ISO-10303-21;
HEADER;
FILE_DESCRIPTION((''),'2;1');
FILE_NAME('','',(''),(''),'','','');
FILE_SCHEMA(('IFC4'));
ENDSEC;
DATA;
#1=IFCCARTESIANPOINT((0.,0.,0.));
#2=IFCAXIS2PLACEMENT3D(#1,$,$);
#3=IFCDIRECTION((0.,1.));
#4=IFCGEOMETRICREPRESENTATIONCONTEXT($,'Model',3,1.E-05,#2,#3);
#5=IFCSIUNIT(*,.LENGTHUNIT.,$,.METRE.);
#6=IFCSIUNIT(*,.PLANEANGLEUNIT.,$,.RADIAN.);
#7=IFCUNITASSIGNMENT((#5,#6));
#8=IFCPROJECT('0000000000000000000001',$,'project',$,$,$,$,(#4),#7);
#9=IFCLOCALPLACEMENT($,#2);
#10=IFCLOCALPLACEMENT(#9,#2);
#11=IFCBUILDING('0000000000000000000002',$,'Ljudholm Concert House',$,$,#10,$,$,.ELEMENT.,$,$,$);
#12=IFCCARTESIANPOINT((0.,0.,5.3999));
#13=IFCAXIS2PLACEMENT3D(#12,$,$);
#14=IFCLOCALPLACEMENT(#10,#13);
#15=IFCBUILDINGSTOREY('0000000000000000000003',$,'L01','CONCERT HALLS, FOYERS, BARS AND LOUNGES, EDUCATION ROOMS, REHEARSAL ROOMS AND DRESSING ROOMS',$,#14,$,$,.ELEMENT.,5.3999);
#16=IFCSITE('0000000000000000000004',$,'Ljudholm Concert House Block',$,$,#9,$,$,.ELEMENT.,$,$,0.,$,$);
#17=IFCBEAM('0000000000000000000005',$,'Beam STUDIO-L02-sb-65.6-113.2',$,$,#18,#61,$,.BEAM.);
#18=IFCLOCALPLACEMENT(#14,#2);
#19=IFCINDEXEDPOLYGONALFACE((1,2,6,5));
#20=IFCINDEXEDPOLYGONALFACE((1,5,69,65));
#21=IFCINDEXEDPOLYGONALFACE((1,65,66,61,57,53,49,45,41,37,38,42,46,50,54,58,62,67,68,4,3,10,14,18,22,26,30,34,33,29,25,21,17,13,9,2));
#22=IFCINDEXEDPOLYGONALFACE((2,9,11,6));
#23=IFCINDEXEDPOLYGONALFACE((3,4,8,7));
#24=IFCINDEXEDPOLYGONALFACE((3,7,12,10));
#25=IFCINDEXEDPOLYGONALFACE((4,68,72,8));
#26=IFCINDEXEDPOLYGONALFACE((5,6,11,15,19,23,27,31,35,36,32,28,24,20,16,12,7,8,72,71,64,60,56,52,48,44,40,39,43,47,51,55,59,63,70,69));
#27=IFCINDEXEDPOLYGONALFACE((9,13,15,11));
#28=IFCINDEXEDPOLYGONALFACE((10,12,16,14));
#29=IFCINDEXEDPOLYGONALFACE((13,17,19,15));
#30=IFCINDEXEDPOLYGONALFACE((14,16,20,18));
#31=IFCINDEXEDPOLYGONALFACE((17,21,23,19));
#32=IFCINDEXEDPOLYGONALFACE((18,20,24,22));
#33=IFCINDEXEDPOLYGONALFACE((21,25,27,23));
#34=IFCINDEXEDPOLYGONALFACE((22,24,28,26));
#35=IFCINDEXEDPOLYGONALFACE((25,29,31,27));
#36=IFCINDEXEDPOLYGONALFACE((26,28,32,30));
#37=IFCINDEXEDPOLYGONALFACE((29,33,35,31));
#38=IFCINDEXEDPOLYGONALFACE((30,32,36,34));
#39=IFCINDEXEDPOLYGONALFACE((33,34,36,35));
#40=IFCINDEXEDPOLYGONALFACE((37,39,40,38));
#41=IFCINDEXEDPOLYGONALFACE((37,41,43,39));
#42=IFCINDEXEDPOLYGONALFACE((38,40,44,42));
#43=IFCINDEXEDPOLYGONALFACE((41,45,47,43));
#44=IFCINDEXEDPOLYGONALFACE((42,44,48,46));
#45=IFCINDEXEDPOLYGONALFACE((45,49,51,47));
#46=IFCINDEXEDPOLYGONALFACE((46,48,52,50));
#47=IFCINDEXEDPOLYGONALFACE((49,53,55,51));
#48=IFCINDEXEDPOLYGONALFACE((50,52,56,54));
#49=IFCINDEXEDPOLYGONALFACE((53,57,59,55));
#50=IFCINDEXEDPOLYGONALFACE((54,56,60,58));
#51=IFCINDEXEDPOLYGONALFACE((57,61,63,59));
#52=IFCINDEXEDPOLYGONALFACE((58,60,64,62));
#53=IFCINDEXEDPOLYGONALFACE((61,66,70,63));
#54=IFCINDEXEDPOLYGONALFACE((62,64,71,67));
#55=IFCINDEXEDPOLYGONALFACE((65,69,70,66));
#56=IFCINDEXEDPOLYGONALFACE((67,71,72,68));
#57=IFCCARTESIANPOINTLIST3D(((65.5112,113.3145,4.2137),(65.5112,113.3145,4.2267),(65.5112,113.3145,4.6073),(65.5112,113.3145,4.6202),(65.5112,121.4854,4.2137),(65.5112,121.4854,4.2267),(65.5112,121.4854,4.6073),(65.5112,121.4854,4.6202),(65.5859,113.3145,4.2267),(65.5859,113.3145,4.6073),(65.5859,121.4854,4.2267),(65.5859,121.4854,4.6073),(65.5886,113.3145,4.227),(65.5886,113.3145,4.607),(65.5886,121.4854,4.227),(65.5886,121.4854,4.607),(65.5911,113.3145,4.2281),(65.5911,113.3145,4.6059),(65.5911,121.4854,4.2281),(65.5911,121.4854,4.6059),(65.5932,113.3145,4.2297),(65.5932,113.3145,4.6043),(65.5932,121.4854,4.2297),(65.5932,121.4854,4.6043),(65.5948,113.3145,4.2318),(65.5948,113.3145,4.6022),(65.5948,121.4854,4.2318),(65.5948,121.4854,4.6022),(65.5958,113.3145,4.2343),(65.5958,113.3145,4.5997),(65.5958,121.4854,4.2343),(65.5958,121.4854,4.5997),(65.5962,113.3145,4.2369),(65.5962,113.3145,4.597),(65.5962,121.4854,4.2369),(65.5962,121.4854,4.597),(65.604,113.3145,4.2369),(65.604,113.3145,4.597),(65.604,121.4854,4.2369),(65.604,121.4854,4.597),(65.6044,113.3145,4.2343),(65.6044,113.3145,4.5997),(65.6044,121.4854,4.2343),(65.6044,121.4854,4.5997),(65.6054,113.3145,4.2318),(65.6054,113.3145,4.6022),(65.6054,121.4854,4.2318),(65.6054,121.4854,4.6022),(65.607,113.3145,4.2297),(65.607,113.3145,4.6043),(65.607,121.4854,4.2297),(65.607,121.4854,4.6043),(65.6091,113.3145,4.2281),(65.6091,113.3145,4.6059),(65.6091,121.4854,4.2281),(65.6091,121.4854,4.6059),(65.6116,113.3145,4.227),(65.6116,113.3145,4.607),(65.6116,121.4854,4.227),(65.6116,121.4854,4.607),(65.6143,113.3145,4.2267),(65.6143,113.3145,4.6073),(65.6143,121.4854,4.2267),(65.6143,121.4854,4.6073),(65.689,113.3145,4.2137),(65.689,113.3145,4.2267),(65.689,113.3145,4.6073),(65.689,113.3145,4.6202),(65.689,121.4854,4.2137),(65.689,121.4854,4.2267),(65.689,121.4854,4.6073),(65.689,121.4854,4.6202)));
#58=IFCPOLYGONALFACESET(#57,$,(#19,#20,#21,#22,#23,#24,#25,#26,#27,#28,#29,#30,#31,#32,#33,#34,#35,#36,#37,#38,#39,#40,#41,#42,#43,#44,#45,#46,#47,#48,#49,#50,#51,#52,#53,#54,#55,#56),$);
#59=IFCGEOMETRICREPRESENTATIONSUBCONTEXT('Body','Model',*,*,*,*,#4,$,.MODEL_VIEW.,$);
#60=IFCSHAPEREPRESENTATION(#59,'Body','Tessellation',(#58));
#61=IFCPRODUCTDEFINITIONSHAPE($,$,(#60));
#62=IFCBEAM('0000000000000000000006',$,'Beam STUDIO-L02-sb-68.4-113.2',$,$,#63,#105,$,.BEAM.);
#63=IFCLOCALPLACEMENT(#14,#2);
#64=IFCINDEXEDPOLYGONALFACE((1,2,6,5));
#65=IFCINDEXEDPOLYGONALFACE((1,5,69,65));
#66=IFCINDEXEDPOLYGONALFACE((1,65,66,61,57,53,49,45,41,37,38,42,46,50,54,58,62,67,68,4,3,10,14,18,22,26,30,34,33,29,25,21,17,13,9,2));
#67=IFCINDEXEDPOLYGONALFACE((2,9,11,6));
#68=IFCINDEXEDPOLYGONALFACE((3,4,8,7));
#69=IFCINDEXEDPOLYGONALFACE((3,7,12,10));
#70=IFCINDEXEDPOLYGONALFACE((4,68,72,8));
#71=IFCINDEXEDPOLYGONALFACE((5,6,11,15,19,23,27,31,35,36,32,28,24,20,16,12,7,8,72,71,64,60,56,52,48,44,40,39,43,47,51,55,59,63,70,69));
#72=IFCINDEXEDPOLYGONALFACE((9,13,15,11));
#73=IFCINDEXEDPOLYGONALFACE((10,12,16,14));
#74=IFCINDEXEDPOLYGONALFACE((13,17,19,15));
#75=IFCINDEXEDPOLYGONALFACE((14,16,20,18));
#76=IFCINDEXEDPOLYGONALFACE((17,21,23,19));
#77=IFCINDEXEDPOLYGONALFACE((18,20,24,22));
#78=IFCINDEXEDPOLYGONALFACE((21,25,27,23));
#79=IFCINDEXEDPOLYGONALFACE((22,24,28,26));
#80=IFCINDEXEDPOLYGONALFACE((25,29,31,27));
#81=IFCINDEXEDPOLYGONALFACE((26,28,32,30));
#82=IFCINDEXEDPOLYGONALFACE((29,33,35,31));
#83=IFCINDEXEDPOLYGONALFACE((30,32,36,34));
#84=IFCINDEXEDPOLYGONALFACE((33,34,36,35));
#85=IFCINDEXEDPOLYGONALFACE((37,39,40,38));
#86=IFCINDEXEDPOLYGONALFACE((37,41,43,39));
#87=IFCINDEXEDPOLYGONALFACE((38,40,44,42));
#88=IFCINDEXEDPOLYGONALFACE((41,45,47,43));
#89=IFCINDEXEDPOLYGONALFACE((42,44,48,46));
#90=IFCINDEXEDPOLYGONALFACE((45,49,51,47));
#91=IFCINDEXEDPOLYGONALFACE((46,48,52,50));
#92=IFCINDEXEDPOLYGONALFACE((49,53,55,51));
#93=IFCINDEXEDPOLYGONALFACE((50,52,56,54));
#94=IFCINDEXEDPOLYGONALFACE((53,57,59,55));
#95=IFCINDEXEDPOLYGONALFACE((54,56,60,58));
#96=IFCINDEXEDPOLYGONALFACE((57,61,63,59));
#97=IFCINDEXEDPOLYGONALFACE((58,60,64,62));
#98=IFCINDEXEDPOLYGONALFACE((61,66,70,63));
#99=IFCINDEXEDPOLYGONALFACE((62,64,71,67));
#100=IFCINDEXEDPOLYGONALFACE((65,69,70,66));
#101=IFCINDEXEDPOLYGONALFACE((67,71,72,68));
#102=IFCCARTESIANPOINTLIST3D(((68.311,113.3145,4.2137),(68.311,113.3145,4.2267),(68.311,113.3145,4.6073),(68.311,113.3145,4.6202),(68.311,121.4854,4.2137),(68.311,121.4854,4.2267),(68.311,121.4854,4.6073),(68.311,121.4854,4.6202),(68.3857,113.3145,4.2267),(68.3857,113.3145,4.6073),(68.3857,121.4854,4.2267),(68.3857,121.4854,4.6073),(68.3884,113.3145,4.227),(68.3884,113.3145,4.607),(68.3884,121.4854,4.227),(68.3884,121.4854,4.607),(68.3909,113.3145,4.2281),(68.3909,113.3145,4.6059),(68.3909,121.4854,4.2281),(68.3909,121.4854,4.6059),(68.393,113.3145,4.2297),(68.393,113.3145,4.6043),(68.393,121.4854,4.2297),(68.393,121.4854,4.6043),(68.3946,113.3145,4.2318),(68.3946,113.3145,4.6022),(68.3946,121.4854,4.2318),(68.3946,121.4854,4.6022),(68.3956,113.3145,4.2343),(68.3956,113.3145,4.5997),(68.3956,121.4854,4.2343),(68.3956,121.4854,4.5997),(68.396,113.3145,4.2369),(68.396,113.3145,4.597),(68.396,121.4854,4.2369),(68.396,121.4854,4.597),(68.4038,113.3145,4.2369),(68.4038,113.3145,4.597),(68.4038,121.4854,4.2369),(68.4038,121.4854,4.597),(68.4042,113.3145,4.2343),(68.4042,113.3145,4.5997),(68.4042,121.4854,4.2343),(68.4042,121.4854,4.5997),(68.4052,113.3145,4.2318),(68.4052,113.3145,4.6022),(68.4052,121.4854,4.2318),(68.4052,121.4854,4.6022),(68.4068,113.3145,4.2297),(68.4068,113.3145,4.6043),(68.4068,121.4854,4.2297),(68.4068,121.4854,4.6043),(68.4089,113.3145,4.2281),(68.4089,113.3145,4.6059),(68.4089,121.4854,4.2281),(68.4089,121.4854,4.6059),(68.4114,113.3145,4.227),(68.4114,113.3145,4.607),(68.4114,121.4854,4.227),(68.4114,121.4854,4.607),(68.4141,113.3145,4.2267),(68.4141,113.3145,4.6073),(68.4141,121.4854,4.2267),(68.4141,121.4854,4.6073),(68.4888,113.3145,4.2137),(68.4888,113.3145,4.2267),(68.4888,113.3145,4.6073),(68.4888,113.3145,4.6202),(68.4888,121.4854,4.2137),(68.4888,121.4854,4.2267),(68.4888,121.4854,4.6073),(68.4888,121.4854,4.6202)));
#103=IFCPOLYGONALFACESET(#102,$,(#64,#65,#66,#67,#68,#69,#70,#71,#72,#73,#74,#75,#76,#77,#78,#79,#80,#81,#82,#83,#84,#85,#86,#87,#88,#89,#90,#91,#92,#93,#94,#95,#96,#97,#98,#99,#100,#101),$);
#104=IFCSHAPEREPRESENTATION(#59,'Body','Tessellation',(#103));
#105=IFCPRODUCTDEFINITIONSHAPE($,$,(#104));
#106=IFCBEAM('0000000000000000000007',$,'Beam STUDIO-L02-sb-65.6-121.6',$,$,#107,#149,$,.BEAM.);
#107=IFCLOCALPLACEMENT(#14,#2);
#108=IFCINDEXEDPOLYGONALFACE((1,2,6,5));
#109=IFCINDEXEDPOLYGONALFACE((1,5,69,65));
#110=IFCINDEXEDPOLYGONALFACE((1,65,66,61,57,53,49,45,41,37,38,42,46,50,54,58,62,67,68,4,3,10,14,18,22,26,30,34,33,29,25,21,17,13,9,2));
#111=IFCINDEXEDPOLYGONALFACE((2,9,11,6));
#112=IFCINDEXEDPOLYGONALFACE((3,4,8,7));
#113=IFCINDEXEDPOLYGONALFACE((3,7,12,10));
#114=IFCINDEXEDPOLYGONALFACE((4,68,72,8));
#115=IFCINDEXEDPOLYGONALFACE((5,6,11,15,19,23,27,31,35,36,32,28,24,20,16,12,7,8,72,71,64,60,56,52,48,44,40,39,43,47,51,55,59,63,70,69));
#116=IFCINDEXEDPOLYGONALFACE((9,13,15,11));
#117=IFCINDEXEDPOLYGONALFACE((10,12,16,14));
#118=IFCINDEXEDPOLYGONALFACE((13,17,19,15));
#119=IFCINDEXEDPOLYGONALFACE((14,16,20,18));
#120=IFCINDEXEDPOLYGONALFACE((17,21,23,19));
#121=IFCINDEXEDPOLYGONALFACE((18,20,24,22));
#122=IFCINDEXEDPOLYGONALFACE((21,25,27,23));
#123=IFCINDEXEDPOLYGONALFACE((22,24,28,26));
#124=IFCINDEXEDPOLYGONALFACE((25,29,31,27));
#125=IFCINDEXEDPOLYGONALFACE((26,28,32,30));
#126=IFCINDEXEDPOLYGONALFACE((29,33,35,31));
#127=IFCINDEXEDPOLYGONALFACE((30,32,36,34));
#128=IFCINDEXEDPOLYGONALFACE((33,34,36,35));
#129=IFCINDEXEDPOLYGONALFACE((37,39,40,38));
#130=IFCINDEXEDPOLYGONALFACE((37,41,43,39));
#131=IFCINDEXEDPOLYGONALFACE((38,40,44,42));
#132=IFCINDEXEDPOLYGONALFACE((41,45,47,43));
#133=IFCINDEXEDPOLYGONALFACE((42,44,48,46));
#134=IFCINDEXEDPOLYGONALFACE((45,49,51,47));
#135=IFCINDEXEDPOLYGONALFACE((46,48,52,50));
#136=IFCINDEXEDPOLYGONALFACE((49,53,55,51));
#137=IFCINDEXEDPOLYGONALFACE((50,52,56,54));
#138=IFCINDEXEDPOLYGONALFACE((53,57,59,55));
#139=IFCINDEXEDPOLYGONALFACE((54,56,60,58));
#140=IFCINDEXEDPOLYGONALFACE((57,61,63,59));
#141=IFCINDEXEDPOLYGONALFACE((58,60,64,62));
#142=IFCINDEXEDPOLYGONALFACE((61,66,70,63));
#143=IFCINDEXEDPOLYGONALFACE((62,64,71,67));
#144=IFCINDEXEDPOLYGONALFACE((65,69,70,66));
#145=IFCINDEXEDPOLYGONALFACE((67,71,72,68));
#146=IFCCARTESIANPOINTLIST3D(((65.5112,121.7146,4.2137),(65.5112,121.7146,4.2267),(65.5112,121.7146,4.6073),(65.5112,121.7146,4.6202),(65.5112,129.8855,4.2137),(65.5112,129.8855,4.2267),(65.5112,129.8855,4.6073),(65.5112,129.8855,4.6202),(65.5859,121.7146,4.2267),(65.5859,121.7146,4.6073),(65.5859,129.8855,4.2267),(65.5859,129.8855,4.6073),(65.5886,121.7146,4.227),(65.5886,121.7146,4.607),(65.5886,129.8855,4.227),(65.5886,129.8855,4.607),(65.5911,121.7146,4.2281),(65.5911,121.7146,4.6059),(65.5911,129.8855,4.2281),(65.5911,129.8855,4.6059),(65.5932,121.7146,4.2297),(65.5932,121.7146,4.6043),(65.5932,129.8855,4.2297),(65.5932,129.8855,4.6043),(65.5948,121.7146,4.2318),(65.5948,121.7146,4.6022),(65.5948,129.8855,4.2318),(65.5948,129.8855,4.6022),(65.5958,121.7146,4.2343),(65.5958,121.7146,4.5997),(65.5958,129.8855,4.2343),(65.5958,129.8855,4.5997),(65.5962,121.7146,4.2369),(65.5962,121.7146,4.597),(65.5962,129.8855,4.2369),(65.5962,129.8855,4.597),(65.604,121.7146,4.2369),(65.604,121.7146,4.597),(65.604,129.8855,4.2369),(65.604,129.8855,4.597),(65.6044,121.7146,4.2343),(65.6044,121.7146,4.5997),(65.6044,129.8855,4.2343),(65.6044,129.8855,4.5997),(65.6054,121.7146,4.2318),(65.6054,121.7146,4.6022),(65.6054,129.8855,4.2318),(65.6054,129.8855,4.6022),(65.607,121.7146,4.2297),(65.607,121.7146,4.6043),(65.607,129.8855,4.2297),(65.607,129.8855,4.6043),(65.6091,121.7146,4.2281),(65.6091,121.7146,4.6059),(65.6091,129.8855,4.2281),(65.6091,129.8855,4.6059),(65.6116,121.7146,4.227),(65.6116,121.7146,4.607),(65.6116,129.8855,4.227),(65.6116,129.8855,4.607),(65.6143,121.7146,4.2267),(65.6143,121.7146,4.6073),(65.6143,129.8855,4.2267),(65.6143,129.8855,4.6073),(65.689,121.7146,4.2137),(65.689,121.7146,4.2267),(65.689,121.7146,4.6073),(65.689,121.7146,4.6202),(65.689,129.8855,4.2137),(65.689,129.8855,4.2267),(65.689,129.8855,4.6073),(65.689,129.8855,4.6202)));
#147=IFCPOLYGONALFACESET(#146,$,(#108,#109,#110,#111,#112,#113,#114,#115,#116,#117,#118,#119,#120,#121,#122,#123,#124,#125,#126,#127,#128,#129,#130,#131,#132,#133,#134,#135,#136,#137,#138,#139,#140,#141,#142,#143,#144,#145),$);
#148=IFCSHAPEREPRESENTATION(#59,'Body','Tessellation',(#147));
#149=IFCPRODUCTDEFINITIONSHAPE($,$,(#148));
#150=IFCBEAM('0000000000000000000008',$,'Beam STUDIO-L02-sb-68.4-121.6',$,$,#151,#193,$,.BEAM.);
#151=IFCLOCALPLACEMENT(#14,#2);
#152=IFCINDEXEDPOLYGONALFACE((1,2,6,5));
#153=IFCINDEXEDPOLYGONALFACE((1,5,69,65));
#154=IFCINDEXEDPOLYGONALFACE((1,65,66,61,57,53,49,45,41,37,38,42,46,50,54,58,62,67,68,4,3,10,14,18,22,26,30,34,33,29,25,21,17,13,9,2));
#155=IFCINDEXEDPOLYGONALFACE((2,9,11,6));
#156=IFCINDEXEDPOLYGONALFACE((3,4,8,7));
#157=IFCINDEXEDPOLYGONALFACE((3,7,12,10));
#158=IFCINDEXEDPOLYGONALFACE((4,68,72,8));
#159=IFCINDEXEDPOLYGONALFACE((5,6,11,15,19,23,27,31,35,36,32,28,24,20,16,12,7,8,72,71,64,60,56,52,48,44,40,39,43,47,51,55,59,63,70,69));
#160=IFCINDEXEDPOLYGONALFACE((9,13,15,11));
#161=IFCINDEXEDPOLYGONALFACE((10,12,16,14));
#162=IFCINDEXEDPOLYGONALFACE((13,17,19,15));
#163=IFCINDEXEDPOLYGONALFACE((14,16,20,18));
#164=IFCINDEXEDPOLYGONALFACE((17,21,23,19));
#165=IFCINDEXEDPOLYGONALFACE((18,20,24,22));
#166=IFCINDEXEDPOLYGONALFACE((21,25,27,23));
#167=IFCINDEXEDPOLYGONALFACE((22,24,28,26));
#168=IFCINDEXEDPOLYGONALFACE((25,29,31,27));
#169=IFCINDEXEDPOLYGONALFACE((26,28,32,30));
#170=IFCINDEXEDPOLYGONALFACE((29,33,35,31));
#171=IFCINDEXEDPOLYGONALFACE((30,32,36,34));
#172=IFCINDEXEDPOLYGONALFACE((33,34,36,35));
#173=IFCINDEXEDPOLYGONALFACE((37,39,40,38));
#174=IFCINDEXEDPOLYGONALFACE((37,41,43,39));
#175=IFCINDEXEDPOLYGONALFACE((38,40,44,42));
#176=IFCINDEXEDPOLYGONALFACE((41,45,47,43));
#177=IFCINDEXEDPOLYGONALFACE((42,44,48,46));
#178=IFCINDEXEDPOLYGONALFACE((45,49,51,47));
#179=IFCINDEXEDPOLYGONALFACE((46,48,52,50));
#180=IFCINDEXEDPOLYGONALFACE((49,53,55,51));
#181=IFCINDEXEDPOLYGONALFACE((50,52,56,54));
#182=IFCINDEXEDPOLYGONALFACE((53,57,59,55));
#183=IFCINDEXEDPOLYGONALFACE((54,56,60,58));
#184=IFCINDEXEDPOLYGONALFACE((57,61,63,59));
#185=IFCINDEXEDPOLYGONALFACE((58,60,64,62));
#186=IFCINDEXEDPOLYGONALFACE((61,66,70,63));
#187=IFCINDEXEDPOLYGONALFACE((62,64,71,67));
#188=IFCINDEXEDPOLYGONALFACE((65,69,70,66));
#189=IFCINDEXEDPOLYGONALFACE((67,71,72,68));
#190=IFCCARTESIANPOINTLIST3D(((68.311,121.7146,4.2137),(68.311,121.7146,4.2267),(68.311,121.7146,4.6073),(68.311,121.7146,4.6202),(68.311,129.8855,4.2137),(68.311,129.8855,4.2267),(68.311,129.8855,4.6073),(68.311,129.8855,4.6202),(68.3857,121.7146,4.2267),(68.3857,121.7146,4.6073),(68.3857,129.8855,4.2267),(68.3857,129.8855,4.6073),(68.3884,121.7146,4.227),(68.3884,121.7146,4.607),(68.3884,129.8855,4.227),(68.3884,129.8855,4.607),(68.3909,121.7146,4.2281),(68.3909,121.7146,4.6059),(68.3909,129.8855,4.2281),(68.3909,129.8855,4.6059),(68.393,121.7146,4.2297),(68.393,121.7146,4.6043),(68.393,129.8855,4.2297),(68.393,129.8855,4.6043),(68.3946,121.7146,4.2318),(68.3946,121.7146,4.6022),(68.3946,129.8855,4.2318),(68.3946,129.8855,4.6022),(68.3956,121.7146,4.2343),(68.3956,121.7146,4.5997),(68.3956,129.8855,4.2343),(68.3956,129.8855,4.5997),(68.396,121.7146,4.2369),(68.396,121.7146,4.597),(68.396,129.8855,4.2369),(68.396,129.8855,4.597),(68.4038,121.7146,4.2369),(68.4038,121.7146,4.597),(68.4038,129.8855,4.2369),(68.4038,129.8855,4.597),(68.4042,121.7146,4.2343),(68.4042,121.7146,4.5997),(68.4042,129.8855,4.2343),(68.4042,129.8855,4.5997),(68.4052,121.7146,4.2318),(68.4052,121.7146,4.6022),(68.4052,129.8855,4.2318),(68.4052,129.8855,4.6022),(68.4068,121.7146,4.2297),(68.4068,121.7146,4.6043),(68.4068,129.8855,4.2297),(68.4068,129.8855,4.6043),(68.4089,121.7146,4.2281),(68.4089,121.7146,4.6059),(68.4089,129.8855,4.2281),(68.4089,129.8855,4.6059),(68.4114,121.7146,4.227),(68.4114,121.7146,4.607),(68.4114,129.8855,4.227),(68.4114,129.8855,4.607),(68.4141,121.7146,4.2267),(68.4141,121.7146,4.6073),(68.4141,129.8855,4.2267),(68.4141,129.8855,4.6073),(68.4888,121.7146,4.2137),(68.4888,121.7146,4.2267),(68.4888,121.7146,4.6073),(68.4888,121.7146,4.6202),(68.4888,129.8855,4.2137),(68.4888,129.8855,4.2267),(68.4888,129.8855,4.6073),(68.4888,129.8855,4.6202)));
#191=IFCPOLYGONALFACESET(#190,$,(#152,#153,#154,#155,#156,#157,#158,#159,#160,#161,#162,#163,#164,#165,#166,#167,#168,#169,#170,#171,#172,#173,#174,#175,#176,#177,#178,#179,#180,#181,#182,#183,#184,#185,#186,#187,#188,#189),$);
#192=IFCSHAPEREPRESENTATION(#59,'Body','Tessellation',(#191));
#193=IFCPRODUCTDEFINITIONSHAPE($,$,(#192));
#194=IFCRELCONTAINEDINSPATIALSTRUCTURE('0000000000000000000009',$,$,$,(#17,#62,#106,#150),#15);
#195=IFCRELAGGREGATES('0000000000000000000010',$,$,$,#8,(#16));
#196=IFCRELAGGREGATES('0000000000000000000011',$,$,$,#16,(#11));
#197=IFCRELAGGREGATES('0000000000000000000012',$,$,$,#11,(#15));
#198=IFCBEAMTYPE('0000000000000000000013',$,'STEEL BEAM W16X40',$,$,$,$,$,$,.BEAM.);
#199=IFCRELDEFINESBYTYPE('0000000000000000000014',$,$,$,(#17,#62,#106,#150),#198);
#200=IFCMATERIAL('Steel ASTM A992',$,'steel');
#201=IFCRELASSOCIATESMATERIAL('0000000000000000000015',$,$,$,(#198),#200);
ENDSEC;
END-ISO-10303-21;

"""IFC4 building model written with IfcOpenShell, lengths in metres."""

from ifc_helpers import new_model, si_unit, direction, frame, origin, origin_2d, place, context, subcontext, project, spatial, i_section, extrude, material, material_profile, profile_set, type_object, element, save


model = new_model("IFC4")

# Units and contexts
model_context = context("Model", 3, precision=1e-05, world=origin(), true_north=direction((0.0, 1.0)))
body_context = subcontext(model_context, "Body", "Model", "MODEL_VIEW")
ifc_project = project(units=[si_unit("LENGTHUNIT", "METRE"), si_unit("PLANEANGLEUNIT", "RADIAN")], contexts=[model_context])

# Site, building, storey
site_placement = place(None, origin())
site = spatial("IfcSite", under=ifc_project, at=site_placement, Name="Ljudholm Concert House Block", CompositionType="ELEMENT", RefElevation=0.0)
building_placement = place(site_placement, origin())
building = spatial("IfcBuilding", under=site, at=building_placement, Name="Ljudholm Concert House", CompositionType="ELEMENT")
storey_placement = place(building_placement, frame((0.0, 0.0, 5.3999)))
storey = spatial("IfcBuildingStorey", under=building, at=storey_placement, Name="L01", Description="CONCERT HALLS, FOYERS, BARS AND LOUNGES, EDUCATION ROOMS, REHEARSAL ROOMS AND DRESSING ROOMS", CompositionType="ELEMENT", Elevation=5.3999)

# Beams
ifc_material_1 = material(Name="Steel ASTM A992", Category="steel")
ifc_material_profile_1 = material_profile(ifc_material_1, i_section(OverallWidth=0.1777, OverallDepth=0.4065, WebThickness=0.0078, FlangeThickness=0.0129, FilletRadius=0.0103, at=origin_2d()), Name="W16X40")
ifc_profile_set_1 = profile_set([ifc_material_profile_1], Name="Steel ASTM A992")
beam_type_1 = type_object("IfcBeamType", Name="STEEL BEAM W16X40", PredefinedType="BEAM", material=ifc_profile_set_1)
for number, where, z_axis, x_axis, name in (
    (1, (65.6001, 113.3145, 4.417), (0.0, 1.0, 0.0), (-1.0, 0.0, 0.0), "Beam STUDIO-L02-sb-65.6-113.2"),
    (2, (68.3999, 113.3145, 4.417), (0.0, 1.0, 0.0), (-1.0, 0.0, 0.0), "Beam STUDIO-L02-sb-68.4-113.2"),
    (3, (65.6001, 121.7146, 4.417), (0.0, 1.0, 0.0), (-1.0, 0.0, 0.0), "Beam STUDIO-L02-sb-65.6-121.6"),
    (4, (68.3999, 121.7146, 4.417), (0.0, 1.0, 0.0), (-1.0, 0.0, 0.0), "Beam STUDIO-L02-sb-68.4-121.6"),
):
    element("IfcBeam", number, at=place(storey_placement, frame(where, z_axis=z_axis, x_axis=x_axis)), inside=storey, type_object=beam_type_1, Name=name, PredefinedType="BEAM", context=body_context, shape_type="SweptSolid", body=[
        extrude(i_section(OverallWidth=0.1777, OverallDepth=0.4065, WebThickness=0.0078, FlangeThickness=0.0129, FilletRadius=0.0103, at=origin_2d()), origin(), (0.0, 0.0, 1.0), 8.1709),
    ])

save(model, "model.ifc")
